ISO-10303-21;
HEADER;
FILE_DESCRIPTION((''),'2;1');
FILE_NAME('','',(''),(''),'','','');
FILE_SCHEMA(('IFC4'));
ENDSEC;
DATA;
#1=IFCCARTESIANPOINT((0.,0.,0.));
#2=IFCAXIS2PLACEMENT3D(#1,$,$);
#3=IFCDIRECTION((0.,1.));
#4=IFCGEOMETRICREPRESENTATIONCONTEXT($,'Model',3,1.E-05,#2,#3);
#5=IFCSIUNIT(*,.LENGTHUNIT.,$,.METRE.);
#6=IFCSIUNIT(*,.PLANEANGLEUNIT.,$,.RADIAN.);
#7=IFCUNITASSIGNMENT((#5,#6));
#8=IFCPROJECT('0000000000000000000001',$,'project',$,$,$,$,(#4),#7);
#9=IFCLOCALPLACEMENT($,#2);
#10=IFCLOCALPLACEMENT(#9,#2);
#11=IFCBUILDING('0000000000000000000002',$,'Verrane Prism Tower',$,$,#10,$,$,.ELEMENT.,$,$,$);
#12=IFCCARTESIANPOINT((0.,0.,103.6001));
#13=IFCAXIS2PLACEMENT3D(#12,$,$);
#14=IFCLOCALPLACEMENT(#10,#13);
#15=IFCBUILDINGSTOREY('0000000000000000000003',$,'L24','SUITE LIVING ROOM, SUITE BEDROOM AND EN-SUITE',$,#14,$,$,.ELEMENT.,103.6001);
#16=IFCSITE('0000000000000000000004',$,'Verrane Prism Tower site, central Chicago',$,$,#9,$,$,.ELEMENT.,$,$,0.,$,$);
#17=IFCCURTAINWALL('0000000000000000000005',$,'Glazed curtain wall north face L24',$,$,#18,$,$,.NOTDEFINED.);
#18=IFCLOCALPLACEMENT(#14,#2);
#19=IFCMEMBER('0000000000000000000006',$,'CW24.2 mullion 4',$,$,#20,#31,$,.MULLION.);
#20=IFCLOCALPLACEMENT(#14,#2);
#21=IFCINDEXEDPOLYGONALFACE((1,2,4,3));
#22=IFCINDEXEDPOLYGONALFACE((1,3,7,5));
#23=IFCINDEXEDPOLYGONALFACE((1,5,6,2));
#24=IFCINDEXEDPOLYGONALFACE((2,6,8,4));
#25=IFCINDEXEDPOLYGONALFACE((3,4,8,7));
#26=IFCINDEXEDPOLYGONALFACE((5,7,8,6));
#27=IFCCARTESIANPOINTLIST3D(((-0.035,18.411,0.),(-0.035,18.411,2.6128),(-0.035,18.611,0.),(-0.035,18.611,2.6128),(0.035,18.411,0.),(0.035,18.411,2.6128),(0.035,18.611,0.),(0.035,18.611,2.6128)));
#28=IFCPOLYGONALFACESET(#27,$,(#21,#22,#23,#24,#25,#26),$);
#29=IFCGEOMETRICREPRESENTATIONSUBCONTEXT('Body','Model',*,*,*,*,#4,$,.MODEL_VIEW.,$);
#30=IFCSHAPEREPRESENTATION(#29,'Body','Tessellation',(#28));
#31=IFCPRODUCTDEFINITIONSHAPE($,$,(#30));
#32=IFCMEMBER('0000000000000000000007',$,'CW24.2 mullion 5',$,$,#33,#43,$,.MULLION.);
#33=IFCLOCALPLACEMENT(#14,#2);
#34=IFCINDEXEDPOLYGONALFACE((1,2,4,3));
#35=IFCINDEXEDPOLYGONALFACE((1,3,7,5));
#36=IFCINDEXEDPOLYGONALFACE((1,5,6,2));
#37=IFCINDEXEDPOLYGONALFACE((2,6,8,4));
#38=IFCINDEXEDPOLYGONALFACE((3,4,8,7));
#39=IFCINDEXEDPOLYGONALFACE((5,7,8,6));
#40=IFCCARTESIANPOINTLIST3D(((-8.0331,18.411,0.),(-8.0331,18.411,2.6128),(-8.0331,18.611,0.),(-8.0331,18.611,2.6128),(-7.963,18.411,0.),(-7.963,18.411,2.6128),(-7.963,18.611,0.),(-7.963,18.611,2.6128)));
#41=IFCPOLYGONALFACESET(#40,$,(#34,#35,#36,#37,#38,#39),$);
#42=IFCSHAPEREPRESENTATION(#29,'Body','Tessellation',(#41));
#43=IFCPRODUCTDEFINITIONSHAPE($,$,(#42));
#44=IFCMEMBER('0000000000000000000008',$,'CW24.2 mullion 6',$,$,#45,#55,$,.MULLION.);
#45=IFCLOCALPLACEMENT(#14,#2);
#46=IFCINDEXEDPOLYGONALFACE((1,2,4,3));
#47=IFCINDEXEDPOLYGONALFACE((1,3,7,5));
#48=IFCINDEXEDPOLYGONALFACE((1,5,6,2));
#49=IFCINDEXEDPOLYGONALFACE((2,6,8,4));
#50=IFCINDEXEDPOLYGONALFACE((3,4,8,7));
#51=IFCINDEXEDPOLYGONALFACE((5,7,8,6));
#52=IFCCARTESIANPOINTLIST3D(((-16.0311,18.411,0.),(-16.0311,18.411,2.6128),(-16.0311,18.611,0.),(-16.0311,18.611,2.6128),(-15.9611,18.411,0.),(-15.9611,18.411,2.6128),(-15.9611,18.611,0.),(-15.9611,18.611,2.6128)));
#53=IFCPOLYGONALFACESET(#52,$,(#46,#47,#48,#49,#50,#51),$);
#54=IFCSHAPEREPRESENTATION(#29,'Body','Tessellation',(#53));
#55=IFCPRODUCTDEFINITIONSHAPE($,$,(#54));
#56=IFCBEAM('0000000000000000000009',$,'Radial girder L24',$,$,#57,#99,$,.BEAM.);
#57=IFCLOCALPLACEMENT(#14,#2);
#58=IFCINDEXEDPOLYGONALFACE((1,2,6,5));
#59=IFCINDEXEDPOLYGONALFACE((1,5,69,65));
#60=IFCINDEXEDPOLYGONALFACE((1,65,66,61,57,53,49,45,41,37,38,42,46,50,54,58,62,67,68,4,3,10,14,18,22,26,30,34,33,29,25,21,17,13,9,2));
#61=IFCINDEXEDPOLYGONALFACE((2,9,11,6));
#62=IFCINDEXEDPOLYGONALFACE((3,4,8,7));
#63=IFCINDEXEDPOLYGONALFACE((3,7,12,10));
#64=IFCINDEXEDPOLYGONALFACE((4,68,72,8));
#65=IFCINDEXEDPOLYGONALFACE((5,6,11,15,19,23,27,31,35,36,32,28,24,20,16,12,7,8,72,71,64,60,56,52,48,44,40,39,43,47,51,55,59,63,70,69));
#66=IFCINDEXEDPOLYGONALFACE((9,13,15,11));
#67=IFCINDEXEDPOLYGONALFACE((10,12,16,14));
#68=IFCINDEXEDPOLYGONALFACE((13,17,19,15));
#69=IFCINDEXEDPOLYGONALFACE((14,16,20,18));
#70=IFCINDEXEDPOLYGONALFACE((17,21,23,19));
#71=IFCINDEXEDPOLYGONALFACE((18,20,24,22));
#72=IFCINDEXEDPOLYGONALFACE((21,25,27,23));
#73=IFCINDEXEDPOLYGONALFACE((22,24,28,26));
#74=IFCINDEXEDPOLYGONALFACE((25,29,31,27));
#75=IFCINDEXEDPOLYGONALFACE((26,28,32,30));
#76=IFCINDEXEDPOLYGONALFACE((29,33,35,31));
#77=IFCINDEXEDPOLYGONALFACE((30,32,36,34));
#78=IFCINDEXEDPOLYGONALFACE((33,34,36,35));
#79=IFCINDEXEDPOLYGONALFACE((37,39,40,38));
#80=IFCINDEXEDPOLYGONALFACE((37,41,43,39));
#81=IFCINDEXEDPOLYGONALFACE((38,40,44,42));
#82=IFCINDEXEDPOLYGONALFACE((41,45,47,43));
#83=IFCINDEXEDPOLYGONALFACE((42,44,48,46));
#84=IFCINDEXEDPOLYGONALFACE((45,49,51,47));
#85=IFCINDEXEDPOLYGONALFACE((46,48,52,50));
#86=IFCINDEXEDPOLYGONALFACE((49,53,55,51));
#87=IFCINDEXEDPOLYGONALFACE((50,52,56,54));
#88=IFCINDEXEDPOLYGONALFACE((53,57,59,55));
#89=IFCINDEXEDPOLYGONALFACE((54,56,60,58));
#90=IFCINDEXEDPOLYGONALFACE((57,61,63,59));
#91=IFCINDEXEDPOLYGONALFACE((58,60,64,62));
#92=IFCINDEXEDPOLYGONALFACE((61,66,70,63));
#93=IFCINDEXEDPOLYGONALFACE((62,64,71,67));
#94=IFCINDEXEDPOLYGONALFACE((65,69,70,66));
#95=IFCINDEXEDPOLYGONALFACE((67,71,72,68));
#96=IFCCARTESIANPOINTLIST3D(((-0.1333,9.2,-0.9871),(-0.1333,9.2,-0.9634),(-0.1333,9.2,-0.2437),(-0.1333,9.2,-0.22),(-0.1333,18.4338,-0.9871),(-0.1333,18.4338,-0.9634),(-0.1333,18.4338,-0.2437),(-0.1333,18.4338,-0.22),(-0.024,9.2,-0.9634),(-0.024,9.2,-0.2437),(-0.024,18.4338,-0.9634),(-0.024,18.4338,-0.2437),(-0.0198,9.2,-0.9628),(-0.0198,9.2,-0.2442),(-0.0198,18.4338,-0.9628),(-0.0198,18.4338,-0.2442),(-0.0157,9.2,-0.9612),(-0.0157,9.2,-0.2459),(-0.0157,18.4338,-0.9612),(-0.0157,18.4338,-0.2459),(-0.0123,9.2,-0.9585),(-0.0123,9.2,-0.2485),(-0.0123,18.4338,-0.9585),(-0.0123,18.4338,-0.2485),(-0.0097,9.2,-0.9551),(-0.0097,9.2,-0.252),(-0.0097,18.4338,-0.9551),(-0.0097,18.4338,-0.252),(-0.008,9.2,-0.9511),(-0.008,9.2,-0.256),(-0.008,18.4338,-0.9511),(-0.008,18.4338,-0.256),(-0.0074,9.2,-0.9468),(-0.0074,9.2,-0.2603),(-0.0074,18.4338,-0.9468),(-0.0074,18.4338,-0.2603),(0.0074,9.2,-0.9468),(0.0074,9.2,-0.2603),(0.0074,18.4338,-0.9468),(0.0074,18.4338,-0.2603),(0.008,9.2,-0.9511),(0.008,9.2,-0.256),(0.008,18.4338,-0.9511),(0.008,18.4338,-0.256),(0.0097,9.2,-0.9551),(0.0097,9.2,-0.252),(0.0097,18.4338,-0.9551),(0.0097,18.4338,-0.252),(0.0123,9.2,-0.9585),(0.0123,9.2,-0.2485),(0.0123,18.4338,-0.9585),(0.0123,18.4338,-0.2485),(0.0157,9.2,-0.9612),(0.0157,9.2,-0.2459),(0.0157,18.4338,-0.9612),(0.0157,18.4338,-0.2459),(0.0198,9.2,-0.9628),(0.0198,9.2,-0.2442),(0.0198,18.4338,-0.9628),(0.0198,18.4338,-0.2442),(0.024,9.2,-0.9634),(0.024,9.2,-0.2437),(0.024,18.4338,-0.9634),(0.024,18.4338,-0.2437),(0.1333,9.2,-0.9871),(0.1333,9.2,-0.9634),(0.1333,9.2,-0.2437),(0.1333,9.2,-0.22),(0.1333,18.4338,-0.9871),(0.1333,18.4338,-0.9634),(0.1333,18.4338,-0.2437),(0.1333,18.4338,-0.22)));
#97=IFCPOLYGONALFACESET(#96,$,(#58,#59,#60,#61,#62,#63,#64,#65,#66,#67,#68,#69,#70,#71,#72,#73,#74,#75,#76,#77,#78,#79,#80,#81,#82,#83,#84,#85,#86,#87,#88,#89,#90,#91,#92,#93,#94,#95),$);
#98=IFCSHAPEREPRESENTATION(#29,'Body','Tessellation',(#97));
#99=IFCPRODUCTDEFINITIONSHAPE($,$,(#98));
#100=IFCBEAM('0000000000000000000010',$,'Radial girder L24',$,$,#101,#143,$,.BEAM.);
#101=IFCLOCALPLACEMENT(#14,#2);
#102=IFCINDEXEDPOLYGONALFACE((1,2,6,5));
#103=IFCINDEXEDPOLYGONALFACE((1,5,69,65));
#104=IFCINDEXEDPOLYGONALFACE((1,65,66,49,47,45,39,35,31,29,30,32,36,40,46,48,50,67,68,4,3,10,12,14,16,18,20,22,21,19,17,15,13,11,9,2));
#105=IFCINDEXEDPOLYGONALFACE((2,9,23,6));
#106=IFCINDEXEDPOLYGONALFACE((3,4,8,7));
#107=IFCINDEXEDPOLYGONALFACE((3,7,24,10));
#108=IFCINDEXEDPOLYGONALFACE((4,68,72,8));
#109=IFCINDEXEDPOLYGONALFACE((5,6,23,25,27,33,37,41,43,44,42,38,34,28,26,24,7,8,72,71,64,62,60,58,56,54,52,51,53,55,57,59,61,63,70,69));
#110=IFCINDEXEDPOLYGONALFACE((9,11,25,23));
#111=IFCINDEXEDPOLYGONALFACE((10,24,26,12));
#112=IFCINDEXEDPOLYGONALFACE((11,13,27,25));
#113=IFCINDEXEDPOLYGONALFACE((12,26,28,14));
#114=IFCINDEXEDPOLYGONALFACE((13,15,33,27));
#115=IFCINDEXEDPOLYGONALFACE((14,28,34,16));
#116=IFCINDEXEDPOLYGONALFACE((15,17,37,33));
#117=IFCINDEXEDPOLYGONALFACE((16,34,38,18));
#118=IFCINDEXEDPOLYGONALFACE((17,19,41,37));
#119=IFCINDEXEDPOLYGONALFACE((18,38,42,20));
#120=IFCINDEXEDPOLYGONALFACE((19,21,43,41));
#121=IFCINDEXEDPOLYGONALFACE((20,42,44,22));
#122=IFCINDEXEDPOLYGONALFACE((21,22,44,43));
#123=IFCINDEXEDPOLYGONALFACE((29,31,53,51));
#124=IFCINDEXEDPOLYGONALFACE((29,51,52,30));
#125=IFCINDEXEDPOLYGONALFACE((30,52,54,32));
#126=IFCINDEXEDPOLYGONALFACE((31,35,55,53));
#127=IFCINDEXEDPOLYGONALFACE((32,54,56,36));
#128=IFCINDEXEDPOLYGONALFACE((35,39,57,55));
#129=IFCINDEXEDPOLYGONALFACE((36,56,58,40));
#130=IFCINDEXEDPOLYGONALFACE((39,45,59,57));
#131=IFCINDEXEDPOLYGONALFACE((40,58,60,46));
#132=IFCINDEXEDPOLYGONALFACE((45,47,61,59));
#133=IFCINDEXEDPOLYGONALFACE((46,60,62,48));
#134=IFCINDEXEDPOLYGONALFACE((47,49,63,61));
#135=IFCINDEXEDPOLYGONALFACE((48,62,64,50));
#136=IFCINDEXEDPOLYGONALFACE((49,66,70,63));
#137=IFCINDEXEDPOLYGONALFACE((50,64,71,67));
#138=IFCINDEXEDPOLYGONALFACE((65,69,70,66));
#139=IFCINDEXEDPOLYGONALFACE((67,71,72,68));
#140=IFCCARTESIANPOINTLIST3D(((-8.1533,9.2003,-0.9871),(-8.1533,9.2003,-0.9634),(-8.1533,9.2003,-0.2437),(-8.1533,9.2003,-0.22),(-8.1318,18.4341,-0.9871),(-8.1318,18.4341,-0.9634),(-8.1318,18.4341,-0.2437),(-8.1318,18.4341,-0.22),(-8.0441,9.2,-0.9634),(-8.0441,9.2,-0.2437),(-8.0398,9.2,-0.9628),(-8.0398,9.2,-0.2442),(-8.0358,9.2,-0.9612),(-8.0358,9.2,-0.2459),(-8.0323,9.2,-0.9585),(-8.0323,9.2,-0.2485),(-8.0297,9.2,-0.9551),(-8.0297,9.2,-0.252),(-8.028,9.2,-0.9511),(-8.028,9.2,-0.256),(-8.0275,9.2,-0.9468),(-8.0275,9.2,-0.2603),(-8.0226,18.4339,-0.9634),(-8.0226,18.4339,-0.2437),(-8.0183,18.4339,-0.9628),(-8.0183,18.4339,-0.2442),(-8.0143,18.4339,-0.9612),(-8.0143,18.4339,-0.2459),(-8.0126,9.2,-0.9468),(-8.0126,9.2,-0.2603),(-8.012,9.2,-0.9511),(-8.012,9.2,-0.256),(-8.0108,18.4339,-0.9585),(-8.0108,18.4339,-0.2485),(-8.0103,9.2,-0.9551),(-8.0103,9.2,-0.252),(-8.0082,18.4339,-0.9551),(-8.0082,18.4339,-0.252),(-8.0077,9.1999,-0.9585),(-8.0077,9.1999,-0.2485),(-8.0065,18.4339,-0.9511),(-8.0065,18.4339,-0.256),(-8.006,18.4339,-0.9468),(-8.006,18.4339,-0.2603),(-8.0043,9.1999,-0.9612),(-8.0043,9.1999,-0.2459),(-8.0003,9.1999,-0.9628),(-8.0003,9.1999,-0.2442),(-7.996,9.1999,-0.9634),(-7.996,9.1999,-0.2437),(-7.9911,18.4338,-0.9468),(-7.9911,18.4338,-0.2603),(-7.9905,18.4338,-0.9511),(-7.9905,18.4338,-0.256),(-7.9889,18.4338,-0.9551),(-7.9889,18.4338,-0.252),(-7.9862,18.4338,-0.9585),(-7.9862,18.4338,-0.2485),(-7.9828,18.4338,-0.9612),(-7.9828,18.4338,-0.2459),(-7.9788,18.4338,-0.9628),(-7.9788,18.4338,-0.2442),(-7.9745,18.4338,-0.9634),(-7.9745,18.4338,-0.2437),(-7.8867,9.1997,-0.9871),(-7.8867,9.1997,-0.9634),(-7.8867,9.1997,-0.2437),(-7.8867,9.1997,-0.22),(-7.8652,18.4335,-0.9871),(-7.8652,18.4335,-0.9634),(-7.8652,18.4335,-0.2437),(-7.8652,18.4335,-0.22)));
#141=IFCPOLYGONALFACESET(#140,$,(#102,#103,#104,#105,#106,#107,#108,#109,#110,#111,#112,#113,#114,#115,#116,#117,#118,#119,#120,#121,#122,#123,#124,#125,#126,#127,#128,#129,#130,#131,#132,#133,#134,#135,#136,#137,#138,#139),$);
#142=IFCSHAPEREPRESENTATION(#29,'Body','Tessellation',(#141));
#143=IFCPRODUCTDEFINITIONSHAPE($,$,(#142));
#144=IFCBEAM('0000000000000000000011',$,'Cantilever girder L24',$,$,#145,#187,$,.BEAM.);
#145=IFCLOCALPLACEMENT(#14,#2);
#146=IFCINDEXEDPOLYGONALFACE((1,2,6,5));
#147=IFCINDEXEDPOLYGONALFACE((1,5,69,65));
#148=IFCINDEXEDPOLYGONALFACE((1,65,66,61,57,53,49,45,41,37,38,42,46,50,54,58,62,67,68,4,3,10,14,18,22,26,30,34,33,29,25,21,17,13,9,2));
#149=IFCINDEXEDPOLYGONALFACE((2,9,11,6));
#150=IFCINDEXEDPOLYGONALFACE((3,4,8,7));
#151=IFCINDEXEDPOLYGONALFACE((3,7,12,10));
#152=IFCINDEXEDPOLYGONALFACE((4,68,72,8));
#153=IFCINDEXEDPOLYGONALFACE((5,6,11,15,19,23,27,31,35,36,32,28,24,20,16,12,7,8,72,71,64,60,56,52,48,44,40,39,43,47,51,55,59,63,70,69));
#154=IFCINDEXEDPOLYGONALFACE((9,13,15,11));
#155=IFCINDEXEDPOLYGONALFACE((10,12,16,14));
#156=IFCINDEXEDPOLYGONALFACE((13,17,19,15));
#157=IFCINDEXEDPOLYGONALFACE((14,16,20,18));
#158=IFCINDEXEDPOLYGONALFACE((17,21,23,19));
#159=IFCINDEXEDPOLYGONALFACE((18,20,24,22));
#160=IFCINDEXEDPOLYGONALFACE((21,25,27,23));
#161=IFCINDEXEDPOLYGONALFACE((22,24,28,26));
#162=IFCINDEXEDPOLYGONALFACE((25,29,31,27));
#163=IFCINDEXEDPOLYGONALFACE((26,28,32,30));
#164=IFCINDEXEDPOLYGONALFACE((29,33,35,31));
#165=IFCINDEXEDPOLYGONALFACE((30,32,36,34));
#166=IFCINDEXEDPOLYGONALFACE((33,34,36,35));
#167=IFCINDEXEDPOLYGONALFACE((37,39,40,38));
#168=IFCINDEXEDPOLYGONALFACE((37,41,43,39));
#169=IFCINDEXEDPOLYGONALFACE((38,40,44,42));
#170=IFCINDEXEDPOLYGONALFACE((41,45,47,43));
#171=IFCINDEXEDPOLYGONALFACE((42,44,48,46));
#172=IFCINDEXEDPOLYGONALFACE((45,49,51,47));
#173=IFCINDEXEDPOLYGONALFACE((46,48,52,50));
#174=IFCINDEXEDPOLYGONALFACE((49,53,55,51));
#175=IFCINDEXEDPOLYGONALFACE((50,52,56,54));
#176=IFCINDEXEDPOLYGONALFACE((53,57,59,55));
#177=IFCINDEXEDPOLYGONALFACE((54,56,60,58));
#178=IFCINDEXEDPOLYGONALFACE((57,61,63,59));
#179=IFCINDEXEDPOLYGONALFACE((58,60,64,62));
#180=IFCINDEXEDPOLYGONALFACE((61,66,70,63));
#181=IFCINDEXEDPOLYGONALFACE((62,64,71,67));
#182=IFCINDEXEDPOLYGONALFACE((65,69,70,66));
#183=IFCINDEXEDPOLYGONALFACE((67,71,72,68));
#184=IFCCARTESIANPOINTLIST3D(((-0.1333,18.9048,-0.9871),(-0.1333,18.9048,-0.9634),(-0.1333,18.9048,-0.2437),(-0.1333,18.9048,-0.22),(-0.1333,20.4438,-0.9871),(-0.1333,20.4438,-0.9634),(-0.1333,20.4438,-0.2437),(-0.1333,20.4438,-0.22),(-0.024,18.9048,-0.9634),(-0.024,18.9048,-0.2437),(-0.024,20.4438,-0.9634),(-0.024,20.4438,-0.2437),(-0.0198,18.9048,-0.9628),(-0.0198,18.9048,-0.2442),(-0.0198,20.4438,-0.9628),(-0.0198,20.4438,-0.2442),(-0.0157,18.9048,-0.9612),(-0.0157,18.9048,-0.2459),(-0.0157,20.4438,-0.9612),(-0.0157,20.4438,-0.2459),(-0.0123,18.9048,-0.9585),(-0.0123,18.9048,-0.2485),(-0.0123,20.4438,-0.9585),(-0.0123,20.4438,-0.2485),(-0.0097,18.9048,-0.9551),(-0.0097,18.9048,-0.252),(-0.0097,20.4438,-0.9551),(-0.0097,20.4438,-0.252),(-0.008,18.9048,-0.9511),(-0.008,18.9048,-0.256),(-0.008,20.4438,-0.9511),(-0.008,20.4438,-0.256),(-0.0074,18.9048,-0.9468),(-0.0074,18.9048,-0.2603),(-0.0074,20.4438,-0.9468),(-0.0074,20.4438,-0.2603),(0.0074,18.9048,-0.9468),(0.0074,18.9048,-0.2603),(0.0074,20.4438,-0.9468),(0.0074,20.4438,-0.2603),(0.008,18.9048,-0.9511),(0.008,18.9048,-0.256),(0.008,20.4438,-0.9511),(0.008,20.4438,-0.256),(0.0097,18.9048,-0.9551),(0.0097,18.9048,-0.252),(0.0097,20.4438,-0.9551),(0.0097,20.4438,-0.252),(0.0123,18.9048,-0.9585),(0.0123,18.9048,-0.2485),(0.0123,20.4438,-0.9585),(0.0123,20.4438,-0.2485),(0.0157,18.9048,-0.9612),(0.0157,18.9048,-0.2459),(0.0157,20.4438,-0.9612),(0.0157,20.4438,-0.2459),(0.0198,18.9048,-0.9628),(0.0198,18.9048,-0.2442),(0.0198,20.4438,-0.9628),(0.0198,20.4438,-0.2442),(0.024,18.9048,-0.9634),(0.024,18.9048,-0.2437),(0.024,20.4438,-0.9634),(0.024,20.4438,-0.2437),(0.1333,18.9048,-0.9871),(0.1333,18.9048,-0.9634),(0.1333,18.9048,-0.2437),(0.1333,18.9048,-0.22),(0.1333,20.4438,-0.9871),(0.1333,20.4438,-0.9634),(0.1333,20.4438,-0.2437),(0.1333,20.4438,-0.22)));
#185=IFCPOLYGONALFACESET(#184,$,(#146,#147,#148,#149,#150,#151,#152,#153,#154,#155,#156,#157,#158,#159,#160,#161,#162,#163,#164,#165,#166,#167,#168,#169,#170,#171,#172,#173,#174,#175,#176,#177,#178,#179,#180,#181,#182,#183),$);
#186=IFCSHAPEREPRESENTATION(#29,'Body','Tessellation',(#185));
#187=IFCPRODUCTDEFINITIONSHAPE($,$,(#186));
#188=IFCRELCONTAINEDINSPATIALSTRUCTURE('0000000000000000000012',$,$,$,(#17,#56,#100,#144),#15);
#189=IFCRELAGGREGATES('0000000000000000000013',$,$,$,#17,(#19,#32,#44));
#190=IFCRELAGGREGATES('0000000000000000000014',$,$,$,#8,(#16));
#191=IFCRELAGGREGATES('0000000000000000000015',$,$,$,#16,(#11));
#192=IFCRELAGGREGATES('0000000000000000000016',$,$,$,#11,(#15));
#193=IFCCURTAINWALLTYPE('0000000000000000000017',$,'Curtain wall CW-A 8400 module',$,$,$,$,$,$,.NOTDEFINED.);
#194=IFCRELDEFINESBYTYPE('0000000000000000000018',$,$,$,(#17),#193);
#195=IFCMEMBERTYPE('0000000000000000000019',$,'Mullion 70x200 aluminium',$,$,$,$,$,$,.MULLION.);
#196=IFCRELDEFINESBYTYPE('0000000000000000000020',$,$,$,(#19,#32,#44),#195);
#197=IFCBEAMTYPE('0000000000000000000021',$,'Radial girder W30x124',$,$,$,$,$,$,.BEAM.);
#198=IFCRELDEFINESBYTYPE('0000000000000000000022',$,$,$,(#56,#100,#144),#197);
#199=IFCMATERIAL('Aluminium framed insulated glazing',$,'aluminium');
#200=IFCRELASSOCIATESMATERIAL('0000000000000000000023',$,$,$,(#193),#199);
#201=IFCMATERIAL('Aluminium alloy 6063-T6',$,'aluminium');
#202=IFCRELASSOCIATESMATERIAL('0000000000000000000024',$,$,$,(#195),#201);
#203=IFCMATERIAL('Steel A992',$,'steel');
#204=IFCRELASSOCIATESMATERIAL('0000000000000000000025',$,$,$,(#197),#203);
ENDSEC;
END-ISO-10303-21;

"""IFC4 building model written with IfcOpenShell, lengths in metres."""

from ifc_helpers import new_model, si_unit, direction, frame, origin, origin_2d, place, context, subcontext, project, spatial, rectangle, i_section, extrude, material, material_profile, profile_set, type_object, element, aggregate, save


model = new_model("IFC4")

# Units and contexts
model_context = context("Model", 3, precision=1e-05, world=origin(), true_north=direction((0.0, 1.0)))
body_context = subcontext(model_context, "Body", "Model", "MODEL_VIEW")
ifc_project = project(units=[si_unit("LENGTHUNIT", "METRE"), si_unit("PLANEANGLEUNIT", "RADIAN")], contexts=[model_context])

# Site, building, storey
site_placement = place(None, origin())
site = spatial("IfcSite", under=ifc_project, at=site_placement, Name="Verrane Prism Tower site, central Chicago", CompositionType="ELEMENT", RefElevation=0.0)
building_placement = place(site_placement, origin())
building = spatial("IfcBuilding", under=site, at=building_placement, Name="Verrane Prism Tower", CompositionType="ELEMENT")
storey_placement = place(building_placement, frame((0.0, 0.0, 103.6001)))
storey = spatial("IfcBuildingStorey", under=building, at=storey_placement, Name="L24", Description="SUITE LIVING ROOM, SUITE BEDROOM AND EN-SUITE", CompositionType="ELEMENT", Elevation=103.6001)

# Curtain wall, members
ifc_material_1 = material(Name="Aluminium framed insulated glazing", Category="aluminium")
curtain_wall_type = type_object("IfcCurtainWallType", Name="Curtain wall CW-A 8400 module", PredefinedType="NOTDEFINED", material=ifc_material_1)
curtain_wall_placement = place(storey_placement, origin())
curtain_wall = element("IfcCurtainWall", 1, at=curtain_wall_placement, inside=storey, type_object=curtain_wall_type, Name="Glazed curtain wall north face L24", PredefinedType="NOTDEFINED")
ifc_material_2 = material(Name="Aluminium alloy 6063-T6", Category="aluminium")
ifc_material_profile_1 = material_profile(ifc_material_2, rectangle(XDim=0.2, YDim=0.0701, at=origin_2d()), Name="Mullion 70x200 aluminium")
ifc_profile_set_1 = profile_set([ifc_material_profile_1], Name="Aluminium alloy 6063-T6")
member_type_1 = type_object("IfcMemberType", Name="Mullion 70x200 aluminium", PredefinedType="MULLION", material=ifc_profile_set_1)
member_1_placement = place(storey_placement, frame((0.0, 18.511, 0.0), z_axis=(0.0, 0.0, 1.0), x_axis=(0.0, -1.0, 0.0)))
member_1 = element("IfcMember", 2, at=member_1_placement, type_object=member_type_1, Name="CW24.2 mullion 4", PredefinedType="MULLION", context=body_context, shape_type="SweptSolid", body=[
    extrude(rectangle(XDim=0.2, YDim=0.0701, at=origin_2d()), origin(), (0.0, 0.0, 1.0), 2.6128),
])
member_2_placement = place(storey_placement, frame((-7.998, 18.511, 0.0), z_axis=(0.0, 0.0, 1.0), x_axis=(0.0, -1.0, 0.0)))
member_2 = element("IfcMember", 3, at=member_2_placement, type_object=member_type_1, Name="CW24.2 mullion 5", PredefinedType="MULLION", context=body_context, shape_type="SweptSolid", body=[
    extrude(rectangle(XDim=0.2, YDim=0.0701, at=origin_2d()), origin(), (0.0, 0.0, 1.0), 2.6128),
])
member_3_placement = place(storey_placement, frame((-15.9961, 18.511, 0.0), z_axis=(0.0, 0.0, 1.0), x_axis=(0.0, -1.0, 0.0)))
member_3 = element("IfcMember", 4, at=member_3_placement, type_object=member_type_1, Name="CW24.2 mullion 6", PredefinedType="MULLION", context=body_context, shape_type="SweptSolid", body=[
    extrude(rectangle(XDim=0.2, YDim=0.0701, at=origin_2d()), origin(), (0.0, 0.0, 1.0), 2.6128),
])

# Beams
ifc_material_3 = material(Name="Steel A992", Category="steel")
ifc_material_profile_2 = material_profile(ifc_material_3, i_section(OverallWidth=0.2666, OverallDepth=0.7671, WebThickness=0.0149, FlangeThickness=0.0237, FilletRadius=0.0166, at=origin_2d()), Name="W30x124")
ifc_profile_set_2 = profile_set([ifc_material_profile_2], Name="Steel A992")
beam_type_1 = type_object("IfcBeamType", Name="Radial girder W30x124", PredefinedType="BEAM", material=ifc_profile_set_2)
for number, where, z_axis, x_axis, name in (
    (5, (0.0, 18.4338, -0.6035), (0.0, -1.0, 0.0), (1.0, 0.0, 0.0), "Radial girder L24"),
    (6, (-7.9985, 18.4338, -0.6035), (-0.002327, -0.999997, 0.0), (0.999997, -0.002327, 0.0), "Radial girder L24"),
):
    element("IfcBeam", number, at=place(storey_placement, frame(where, z_axis=z_axis, x_axis=x_axis)), inside=storey, type_object=beam_type_1, Name=name, PredefinedType="BEAM", context=body_context, shape_type="SweptSolid", body=[
        extrude(i_section(OverallWidth=0.2666, OverallDepth=0.7671, WebThickness=0.0149, FlangeThickness=0.0237, FilletRadius=0.0166, at=origin_2d()), origin(), (0.0, 0.0, 1.0), 9.2339),
    ])
beam_1_placement = place(storey_placement, frame((0.0, 18.9048, -0.6035), z_axis=(0.0, 1.0, 0.0), x_axis=(-1.0, 0.0, 0.0)))
element("IfcBeam", 7, at=beam_1_placement, inside=storey, type_object=beam_type_1, Name="Cantilever girder L24", PredefinedType="BEAM", context=body_context, shape_type="SweptSolid", body=[
    extrude(i_section(OverallWidth=0.2666, OverallDepth=0.7671, WebThickness=0.0149, FlangeThickness=0.0237, FilletRadius=0.0166, at=origin_2d()), origin(), (0.0, 0.0, 1.0), 1.5391),
])

aggregate(curtain_wall, [member_1, member_2, member_3])

save(model, "model.ifc")
